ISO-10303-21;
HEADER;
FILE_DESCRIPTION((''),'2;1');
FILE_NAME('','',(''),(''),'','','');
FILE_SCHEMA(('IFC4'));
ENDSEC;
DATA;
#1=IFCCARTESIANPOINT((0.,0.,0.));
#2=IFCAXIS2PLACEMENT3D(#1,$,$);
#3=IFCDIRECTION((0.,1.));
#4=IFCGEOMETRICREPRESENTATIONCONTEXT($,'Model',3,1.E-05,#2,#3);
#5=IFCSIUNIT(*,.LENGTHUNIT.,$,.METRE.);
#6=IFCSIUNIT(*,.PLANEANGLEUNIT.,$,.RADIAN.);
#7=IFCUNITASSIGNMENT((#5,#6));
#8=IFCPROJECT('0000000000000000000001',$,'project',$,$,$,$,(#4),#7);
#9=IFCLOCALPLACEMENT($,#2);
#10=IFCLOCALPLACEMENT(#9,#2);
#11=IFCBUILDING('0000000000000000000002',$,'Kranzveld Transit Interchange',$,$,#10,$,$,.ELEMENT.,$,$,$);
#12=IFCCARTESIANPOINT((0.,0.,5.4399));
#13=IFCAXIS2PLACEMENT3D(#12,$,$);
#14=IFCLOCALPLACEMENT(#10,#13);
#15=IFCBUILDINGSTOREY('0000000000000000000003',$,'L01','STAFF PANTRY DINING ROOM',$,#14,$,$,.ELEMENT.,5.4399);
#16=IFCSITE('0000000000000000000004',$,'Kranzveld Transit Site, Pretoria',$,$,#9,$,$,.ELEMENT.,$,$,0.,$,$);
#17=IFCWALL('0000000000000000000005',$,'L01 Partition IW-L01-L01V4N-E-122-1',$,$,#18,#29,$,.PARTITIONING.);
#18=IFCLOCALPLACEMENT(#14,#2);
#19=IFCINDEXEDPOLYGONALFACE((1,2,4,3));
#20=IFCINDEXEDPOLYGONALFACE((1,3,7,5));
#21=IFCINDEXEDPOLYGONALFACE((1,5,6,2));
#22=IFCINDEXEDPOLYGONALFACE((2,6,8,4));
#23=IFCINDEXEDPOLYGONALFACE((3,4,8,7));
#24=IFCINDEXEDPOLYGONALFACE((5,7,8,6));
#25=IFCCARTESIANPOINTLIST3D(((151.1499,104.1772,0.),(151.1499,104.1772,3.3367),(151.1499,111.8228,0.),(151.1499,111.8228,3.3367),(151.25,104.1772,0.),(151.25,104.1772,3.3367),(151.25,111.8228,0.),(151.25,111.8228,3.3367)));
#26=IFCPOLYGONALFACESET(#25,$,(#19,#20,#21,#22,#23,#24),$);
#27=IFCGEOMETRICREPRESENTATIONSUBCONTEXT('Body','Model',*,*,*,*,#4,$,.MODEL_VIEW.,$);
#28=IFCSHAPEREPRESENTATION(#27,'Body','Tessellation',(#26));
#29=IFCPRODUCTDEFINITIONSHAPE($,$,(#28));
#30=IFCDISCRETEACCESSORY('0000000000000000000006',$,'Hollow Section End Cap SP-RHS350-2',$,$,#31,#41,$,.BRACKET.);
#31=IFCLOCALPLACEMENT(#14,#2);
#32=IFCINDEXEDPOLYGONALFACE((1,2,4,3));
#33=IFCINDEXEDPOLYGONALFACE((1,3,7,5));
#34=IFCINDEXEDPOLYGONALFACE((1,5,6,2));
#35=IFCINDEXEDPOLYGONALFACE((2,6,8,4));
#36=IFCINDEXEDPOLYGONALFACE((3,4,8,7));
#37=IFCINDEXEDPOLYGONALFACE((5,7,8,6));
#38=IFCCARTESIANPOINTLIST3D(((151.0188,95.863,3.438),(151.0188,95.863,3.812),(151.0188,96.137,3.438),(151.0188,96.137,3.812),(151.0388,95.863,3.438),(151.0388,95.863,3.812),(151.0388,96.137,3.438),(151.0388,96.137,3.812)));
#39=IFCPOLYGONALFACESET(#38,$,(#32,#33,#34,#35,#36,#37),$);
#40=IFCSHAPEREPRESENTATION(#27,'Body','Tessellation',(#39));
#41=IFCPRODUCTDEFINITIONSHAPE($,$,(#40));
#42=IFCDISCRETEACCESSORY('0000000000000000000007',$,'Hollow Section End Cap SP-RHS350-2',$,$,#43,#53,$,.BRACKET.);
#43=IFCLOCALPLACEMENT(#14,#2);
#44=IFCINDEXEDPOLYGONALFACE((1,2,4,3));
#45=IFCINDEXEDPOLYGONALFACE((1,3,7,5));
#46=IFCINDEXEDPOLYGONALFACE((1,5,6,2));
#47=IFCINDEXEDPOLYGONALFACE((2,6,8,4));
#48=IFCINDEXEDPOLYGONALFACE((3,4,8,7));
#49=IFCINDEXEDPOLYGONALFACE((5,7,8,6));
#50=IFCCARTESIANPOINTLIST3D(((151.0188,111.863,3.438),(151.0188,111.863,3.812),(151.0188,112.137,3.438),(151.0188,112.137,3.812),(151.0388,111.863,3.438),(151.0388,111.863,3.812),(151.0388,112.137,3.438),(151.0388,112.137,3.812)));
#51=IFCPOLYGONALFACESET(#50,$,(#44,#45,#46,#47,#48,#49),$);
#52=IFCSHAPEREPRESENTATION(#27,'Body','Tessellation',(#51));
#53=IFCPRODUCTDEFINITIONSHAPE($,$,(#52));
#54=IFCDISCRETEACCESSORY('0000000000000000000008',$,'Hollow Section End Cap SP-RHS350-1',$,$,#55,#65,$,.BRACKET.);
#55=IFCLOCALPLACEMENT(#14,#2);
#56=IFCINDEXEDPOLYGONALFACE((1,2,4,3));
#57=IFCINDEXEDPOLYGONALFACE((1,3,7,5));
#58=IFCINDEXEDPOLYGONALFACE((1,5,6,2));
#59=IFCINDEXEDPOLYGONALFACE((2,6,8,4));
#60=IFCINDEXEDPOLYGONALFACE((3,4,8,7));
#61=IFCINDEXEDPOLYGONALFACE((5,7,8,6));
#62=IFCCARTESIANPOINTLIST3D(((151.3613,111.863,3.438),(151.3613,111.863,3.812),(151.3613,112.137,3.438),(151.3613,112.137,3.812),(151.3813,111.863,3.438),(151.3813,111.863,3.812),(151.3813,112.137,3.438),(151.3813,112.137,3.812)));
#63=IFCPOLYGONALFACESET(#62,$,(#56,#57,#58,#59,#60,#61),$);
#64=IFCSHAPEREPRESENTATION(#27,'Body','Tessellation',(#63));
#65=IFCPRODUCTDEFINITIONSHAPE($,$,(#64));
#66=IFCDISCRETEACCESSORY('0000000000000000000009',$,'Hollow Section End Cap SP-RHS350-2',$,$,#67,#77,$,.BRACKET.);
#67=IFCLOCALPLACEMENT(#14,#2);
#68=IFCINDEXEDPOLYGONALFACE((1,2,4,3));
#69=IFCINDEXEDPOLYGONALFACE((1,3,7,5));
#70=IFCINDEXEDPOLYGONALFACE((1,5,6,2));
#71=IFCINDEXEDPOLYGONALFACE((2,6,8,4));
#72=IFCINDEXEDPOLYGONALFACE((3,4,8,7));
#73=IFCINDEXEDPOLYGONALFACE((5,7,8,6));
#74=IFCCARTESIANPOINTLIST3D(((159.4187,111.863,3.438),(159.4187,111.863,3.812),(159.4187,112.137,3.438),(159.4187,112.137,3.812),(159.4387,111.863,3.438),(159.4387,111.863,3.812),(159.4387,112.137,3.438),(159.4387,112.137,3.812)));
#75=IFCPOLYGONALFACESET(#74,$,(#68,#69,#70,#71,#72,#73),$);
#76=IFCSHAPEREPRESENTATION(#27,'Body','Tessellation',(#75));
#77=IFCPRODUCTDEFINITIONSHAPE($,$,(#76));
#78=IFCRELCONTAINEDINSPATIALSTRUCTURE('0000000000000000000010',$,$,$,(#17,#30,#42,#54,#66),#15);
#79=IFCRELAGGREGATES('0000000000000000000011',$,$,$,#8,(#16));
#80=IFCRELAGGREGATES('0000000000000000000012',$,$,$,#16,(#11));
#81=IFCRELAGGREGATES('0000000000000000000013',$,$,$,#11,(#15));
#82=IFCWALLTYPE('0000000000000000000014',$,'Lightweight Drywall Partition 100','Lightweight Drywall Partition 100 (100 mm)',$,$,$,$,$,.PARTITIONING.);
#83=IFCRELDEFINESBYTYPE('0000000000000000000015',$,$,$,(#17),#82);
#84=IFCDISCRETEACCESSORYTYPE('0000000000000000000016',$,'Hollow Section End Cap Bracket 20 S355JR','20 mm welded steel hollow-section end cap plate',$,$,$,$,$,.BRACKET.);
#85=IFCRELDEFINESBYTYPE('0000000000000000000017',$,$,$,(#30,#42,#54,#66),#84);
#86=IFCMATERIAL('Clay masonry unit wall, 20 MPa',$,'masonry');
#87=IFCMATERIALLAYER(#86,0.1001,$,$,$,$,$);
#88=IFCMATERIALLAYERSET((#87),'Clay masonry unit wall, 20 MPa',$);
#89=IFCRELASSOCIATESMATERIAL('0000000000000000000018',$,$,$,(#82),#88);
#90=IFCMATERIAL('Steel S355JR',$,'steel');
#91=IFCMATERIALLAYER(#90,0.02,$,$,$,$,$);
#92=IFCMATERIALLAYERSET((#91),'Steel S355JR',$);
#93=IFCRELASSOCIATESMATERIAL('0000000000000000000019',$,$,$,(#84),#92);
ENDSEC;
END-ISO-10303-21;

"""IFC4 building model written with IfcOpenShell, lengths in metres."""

from ifc_helpers import new_model, si_unit, direction, frame, frame_2d, origin, origin_2d, place, context, subcontext, project, spatial, rectangle, extrude, material, layer, layer_set, type_object, element, save


model = new_model("IFC4")

# Units and contexts
model_context = context("Model", 3, precision=1e-05, world=origin(), true_north=direction((0.0, 1.0)))
body_context = subcontext(model_context, "Body", "Model", "MODEL_VIEW")
ifc_project = project(units=[si_unit("LENGTHUNIT", "METRE"), si_unit("PLANEANGLEUNIT", "RADIAN")], contexts=[model_context])

# Site, building, storey
site_placement = place(None, origin())
site = spatial("IfcSite", under=ifc_project, at=site_placement, Name="Kranzveld Transit Site, Pretoria", CompositionType="ELEMENT", RefElevation=0.0)
building_placement = place(site_placement, origin())
building = spatial("IfcBuilding", under=site, at=building_placement, Name="Kranzveld Transit Interchange", CompositionType="ELEMENT")
storey_placement = place(building_placement, frame((0.0, 0.0, 5.4399)))
storey = spatial("IfcBuildingStorey", under=building, at=storey_placement, Name="L01", Description="STAFF PANTRY DINING ROOM", CompositionType="ELEMENT", Elevation=5.4399)

# Wall
ifc_material_1 = material(Name="Clay masonry unit wall, 20 MPa", Category="masonry")
ifc_layer_1 = layer(ifc_material_1, 0.1001)
ifc_layer_set_1 = layer_set([ifc_layer_1], Name="Clay masonry unit wall, 20 MPa")
wall_type_1 = type_object("IfcWallType", Name="Lightweight Drywall Partition 100", Description="Lightweight Drywall Partition 100 (100 mm)", PredefinedType="PARTITIONING", material=ifc_layer_set_1)
wall_1_placement = place(storey_placement, frame((151.2, 104.1772, 0.0), z_axis=(0.0, 0.0, 1.0), x_axis=(0.0, 1.0, 0.0)))
element("IfcWall", 1, at=wall_1_placement, inside=storey, type_object=wall_type_1, Name="L01 Partition IW-L01-L01V4N-E-122-1", PredefinedType="PARTITIONING", context=body_context, shape_type="SweptSolid", body=[
    extrude(rectangle(XDim=7.6455, YDim=0.1001, at=frame_2d((3.8228, 0.0))), origin(), (0.0, 0.0, 1.0), 3.3367),
])

# Discrete accessories
ifc_material_2 = material(Name="Steel S355JR", Category="steel")
ifc_layer_2 = layer(ifc_material_2, 0.02)
ifc_layer_set_2 = layer_set([ifc_layer_2], Name="Steel S355JR")
discrete_accessory_type = type_object("IfcDiscreteAccessoryType", Name="Hollow Section End Cap Bracket 20 S355JR", Description="20 mm welded steel hollow-section end cap plate", PredefinedType="BRACKET", material=ifc_layer_set_2)
for number, where, z_axis, x_axis, name in (
    (2, (151.0188, 96.0, 3.625), (1.0, 0.0, 0.0), (0.0, 1.0, 0.0), "Hollow Section End Cap SP-RHS350-2"),
    (3, (151.0188, 112.0, 3.625), (1.0, 0.0, 0.0), (0.0, 1.0, 0.0), "Hollow Section End Cap SP-RHS350-2"),
    (4, (151.3813, 112.0, 3.625), (-1.0, 0.0, 0.0), (0.0, -1.0, 0.0), "Hollow Section End Cap SP-RHS350-1"),
    (5, (159.4187, 112.0, 3.625), (1.0, 0.0, 0.0), (0.0, 1.0, 0.0), "Hollow Section End Cap SP-RHS350-2"),
):
    element("IfcDiscreteAccessory", number, at=place(storey_placement, frame(where, z_axis=z_axis, x_axis=x_axis)), inside=storey, type_object=discrete_accessory_type, Name=name, PredefinedType="BRACKET", context=body_context, shape_type="SweptSolid", body=[
        extrude(rectangle(XDim=0.2739, YDim=0.374, at=origin_2d()), origin(), (0.0, 0.0, 1.0), 0.02),
    ])

save(model, "model.ifc")
